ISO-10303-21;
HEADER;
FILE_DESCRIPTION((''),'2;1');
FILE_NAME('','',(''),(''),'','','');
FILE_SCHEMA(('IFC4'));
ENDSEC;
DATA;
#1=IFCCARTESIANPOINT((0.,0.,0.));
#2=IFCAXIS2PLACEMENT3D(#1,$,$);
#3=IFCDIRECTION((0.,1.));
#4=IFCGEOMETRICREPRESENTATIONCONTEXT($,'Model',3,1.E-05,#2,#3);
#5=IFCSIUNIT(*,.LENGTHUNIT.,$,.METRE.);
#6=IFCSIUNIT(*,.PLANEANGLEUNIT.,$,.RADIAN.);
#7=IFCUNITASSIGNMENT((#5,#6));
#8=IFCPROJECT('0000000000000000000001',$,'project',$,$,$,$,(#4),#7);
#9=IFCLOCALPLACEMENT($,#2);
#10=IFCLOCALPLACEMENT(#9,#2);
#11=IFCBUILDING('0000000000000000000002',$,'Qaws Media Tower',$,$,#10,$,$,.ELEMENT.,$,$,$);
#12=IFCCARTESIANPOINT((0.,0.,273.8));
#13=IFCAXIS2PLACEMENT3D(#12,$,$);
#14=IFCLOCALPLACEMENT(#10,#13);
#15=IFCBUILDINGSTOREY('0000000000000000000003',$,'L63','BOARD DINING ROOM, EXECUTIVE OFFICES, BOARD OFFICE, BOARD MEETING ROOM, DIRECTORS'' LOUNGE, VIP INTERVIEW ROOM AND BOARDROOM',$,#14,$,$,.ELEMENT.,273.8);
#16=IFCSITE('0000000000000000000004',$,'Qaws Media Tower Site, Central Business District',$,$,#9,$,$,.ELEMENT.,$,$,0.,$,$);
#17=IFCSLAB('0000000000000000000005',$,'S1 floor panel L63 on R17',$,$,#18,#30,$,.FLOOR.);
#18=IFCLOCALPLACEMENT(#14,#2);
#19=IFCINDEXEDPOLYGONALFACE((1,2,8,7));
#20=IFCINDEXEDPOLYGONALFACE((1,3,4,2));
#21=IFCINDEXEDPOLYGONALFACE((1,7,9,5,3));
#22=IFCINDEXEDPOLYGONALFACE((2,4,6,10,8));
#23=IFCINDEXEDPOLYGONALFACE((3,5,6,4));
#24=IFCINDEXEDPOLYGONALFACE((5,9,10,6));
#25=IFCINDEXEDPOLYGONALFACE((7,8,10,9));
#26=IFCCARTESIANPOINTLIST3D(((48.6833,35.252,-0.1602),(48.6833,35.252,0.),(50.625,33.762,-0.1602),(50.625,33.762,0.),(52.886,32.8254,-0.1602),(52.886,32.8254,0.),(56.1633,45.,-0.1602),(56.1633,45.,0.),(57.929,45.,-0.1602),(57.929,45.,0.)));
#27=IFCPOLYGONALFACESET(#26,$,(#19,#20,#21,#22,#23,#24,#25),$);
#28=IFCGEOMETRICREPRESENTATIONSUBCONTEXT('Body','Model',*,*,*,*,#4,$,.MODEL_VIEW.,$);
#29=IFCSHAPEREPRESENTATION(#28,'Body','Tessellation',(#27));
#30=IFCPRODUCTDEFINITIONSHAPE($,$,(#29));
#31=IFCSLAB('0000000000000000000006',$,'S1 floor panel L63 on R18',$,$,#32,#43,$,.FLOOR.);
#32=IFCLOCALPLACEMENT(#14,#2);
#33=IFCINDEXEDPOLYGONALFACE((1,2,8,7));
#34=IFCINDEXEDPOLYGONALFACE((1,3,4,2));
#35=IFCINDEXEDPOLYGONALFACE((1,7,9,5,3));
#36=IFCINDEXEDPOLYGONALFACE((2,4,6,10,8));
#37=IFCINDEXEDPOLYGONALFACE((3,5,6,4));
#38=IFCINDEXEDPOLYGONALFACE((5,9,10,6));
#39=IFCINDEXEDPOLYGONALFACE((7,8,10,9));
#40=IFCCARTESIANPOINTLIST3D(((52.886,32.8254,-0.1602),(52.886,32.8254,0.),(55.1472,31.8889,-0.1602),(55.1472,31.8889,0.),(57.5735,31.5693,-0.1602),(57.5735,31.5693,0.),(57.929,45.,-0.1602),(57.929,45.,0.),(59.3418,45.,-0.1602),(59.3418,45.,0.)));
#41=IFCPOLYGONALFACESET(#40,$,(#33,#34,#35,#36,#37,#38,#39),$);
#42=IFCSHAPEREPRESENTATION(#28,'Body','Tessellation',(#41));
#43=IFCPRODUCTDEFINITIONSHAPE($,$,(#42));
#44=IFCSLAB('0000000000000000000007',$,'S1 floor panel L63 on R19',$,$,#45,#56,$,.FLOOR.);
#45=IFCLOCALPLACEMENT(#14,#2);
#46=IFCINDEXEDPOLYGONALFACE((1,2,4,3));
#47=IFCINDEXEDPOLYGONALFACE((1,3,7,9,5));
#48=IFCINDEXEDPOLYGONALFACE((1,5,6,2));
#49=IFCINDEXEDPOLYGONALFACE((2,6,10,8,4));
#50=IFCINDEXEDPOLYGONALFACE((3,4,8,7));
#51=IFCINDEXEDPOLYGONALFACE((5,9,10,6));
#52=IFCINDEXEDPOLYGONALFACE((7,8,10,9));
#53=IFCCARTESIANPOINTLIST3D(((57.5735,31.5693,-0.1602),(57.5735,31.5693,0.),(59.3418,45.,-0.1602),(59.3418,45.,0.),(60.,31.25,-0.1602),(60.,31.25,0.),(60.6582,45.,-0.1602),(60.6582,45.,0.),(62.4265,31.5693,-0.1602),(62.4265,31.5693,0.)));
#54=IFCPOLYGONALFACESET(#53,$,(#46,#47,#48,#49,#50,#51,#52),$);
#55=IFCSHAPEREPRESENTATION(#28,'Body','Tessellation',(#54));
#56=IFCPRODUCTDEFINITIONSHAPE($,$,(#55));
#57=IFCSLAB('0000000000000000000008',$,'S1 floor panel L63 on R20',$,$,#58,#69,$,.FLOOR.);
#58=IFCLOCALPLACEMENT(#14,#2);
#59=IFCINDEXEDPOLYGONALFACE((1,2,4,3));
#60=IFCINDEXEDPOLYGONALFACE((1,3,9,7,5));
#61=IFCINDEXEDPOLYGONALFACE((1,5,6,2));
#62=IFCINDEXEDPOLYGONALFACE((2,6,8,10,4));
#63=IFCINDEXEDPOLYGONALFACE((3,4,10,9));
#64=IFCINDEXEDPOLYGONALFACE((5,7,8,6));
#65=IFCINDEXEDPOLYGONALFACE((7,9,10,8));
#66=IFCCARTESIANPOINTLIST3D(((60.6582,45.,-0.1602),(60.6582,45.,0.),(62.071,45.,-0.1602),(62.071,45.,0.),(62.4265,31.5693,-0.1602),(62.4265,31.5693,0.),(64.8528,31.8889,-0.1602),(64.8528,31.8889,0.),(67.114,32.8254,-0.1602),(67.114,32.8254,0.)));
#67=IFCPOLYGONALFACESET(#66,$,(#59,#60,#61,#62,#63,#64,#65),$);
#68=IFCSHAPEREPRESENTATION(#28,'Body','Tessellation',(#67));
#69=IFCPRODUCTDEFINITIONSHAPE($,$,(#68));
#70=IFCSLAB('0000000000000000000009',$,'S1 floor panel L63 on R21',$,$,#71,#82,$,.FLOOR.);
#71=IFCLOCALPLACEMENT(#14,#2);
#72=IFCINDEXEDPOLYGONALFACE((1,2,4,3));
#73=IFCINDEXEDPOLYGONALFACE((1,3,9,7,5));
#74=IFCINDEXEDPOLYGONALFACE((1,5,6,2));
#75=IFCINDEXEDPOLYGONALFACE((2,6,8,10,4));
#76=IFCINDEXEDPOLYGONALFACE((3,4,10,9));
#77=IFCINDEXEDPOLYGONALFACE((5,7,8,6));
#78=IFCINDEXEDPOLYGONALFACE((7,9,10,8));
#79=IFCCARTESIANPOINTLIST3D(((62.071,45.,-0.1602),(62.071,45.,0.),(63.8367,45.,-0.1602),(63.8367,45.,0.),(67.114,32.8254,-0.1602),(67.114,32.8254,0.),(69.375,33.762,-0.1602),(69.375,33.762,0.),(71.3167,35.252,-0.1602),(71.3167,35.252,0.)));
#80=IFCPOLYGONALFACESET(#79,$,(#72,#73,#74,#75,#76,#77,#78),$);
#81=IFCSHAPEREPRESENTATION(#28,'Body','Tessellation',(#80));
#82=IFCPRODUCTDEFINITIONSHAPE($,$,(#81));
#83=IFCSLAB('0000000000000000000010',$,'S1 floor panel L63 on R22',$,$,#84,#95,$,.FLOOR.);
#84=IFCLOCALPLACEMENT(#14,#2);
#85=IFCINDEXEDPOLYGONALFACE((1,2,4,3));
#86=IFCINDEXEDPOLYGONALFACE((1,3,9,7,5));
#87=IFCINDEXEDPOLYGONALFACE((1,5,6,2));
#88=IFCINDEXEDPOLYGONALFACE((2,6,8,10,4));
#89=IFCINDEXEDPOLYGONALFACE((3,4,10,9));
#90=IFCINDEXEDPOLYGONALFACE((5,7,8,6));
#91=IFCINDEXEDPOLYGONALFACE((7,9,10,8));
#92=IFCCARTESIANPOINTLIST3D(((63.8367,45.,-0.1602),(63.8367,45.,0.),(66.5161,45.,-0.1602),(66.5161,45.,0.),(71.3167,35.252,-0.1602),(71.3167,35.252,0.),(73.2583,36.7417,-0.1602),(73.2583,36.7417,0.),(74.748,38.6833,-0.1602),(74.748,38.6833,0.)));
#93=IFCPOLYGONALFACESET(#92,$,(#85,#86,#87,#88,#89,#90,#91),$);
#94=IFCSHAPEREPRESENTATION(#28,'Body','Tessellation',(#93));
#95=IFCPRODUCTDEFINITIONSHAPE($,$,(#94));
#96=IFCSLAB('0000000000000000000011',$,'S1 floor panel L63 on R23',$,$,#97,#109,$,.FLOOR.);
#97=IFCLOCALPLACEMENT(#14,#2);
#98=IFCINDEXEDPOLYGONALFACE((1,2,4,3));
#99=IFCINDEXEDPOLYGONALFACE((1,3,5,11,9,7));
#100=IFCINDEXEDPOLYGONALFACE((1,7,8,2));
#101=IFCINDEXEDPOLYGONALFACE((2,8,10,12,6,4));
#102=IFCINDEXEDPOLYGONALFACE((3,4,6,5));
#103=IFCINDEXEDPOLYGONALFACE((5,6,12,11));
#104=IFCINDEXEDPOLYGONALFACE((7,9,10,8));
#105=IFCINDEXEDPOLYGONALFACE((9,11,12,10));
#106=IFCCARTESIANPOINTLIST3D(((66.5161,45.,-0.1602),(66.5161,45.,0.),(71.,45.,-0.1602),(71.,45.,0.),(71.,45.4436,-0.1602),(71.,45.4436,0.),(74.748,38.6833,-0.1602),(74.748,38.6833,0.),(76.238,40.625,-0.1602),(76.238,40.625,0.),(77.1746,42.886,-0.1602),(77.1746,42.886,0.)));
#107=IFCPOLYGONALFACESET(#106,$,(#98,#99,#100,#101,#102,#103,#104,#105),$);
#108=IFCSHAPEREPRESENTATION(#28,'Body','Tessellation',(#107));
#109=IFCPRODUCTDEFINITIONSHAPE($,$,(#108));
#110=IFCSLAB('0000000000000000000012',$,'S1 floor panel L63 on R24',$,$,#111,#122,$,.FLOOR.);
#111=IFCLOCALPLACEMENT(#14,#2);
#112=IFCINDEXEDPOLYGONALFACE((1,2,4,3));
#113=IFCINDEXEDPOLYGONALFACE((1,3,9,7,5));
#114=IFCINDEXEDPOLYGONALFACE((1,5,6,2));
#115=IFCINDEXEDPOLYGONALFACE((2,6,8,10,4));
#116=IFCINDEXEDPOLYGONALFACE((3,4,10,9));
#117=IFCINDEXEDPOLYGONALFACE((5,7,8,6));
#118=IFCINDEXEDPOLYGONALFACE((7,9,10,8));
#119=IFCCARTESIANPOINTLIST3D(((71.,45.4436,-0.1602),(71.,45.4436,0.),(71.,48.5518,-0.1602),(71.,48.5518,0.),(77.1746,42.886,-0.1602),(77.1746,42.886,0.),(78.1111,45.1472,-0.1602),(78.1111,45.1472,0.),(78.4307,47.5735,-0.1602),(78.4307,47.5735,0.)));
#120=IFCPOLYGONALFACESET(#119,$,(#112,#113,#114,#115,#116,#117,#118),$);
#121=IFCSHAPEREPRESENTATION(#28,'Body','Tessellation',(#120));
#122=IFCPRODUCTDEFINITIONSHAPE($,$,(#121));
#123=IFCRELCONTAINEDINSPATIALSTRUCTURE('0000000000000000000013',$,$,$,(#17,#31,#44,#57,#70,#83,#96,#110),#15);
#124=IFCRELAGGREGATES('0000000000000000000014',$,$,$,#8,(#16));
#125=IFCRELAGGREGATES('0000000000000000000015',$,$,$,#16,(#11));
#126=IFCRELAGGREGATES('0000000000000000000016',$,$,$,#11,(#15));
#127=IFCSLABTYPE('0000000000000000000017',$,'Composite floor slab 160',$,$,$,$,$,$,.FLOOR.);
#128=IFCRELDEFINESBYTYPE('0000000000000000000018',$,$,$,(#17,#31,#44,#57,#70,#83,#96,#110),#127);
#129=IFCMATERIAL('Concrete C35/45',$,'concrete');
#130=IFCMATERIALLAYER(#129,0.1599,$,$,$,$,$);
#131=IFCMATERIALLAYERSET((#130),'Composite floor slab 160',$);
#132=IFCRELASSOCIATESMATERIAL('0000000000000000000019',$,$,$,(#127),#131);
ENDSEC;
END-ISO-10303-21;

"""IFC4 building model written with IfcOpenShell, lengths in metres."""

from ifc_helpers import new_model, si_unit, direction, frame, origin, place, context, subcontext, project, spatial, polyline, outline, extrude, material, layer, layer_set, type_object, element, save


model = new_model("IFC4")

# Units and contexts
model_context = context("Model", 3, precision=1e-05, world=origin(), true_north=direction((0.0, 1.0)))
body_context = subcontext(model_context, "Body", "Model", "MODEL_VIEW")
ifc_project = project(units=[si_unit("LENGTHUNIT", "METRE"), si_unit("PLANEANGLEUNIT", "RADIAN")], contexts=[model_context])

# Site, building, storey
site_placement = place(None, origin())
site = spatial("IfcSite", under=ifc_project, at=site_placement, Name="Qaws Media Tower Site, Central Business District", CompositionType="ELEMENT", RefElevation=0.0)
building_placement = place(site_placement, origin())
building = spatial("IfcBuilding", under=site, at=building_placement, Name="Qaws Media Tower", CompositionType="ELEMENT")
storey_placement = place(building_placement, frame((0.0, 0.0, 273.8)))
storey = spatial("IfcBuildingStorey", under=building, at=storey_placement, Name="L63", Description="BOARD DINING ROOM, EXECUTIVE OFFICES, BOARD OFFICE, BOARD MEETING ROOM, DIRECTORS' LOUNGE, VIP INTERVIEW ROOM AND BOARDROOM", CompositionType="ELEMENT", Elevation=273.8)

# Slabs
ifc_material_1 = material(Name="Concrete C35/45", Category="concrete")
ifc_layer_1 = layer(ifc_material_1, 0.1599)
ifc_layer_set_1 = layer_set([ifc_layer_1], Name="Composite floor slab 160")
slab_type_1 = type_object("IfcSlabType", Name="Composite floor slab 160", PredefinedType="FLOOR", material=ifc_layer_set_1)
slab_1_placement = place(storey_placement, frame((0.0, 0.0, -0.1602)))
element("IfcSlab", 1, at=slab_1_placement, inside=storey, type_object=slab_type_1, Name="S1 floor panel L63 on R17", PredefinedType="FLOOR", context=body_context, shape_type="SweptSolid", body=[
    extrude(outline(polyline([(50.625, 33.762), (48.6833, 35.252), (56.1633, 45.0), (57.929, 45.0), (52.886, 32.8254), (50.625, 33.762)])), origin(), (0.0, 0.0, 1.0), 0.1602),
])
slab_2_placement = place(storey_placement, frame((0.0, 0.0, -0.1602)))
element("IfcSlab", 2, at=slab_2_placement, inside=storey, type_object=slab_type_1, Name="S1 floor panel L63 on R18", PredefinedType="FLOOR", context=body_context, shape_type="SweptSolid", body=[
    extrude(outline(polyline([(55.1472, 31.8889), (52.886, 32.8254), (57.929, 45.0), (59.3418, 45.0), (57.5735, 31.5693), (55.1472, 31.8889)])), origin(), (0.0, 0.0, 1.0), 0.1602),
])
slab_3_placement = place(storey_placement, frame((0.0, 0.0, -0.1602)))
element("IfcSlab", 3, at=slab_3_placement, inside=storey, type_object=slab_type_1, Name="S1 floor panel L63 on R19", PredefinedType="FLOOR", context=body_context, shape_type="SweptSolid", body=[
    extrude(outline(polyline([(60.0, 31.25), (57.5735, 31.5693), (59.3418, 45.0), (60.6582, 45.0), (62.4265, 31.5693), (60.0, 31.25)])), origin(), (0.0, 0.0, 1.0), 0.1602),
])
slab_4_placement = place(storey_placement, frame((0.0, 0.0, -0.1602)))
element("IfcSlab", 4, at=slab_4_placement, inside=storey, type_object=slab_type_1, Name="S1 floor panel L63 on R20", PredefinedType="FLOOR", context=body_context, shape_type="SweptSolid", body=[
    extrude(outline(polyline([(64.8528, 31.8889), (62.4265, 31.5693), (60.6582, 45.0), (62.071, 45.0), (67.114, 32.8254), (64.8528, 31.8889)])), origin(), (0.0, 0.0, 1.0), 0.1602),
])
slab_5_placement = place(storey_placement, frame((0.0, 0.0, -0.1602)))
element("IfcSlab", 5, at=slab_5_placement, inside=storey, type_object=slab_type_1, Name="S1 floor panel L63 on R21", PredefinedType="FLOOR", context=body_context, shape_type="SweptSolid", body=[
    extrude(outline(polyline([(69.375, 33.762), (67.114, 32.8254), (62.071, 45.0), (63.8367, 45.0), (71.3167, 35.252), (69.375, 33.762)])), origin(), (0.0, 0.0, 1.0), 0.1602),
])
slab_6_placement = place(storey_placement, frame((0.0, 0.0, -0.1602)))
element("IfcSlab", 6, at=slab_6_placement, inside=storey, type_object=slab_type_1, Name="S1 floor panel L63 on R22", PredefinedType="FLOOR", context=body_context, shape_type="SweptSolid", body=[
    extrude(outline(polyline([(73.2583, 36.7417), (71.3167, 35.252), (63.8367, 45.0), (66.5161, 45.0), (74.748, 38.6833), (73.2583, 36.7417)])), origin(), (0.0, 0.0, 1.0), 0.1602),
])
slab_7_placement = place(storey_placement, frame((0.0, 0.0, -0.1602)))
element("IfcSlab", 7, at=slab_7_placement, inside=storey, type_object=slab_type_1, Name="S1 floor panel L63 on R23", PredefinedType="FLOOR", context=body_context, shape_type="SweptSolid", body=[
    extrude(outline(polyline([(76.238, 40.625), (74.748, 38.6833), (66.5161, 45.0), (71.0, 45.0), (71.0, 45.4436), (77.1746, 42.886), (76.238, 40.625)])), origin(), (0.0, 0.0, 1.0), 0.1602),
])
slab_8_placement = place(storey_placement, frame((0.0, 0.0, -0.1602)))
element("IfcSlab", 8, at=slab_8_placement, inside=storey, type_object=slab_type_1, Name="S1 floor panel L63 on R24", PredefinedType="FLOOR", context=body_context, shape_type="SweptSolid", body=[
    extrude(outline(polyline([(77.1746, 42.886), (71.0, 45.4436), (71.0, 48.5518), (78.4307, 47.5735), (78.1111, 45.1472), (77.1746, 42.886)])), origin(), (0.0, 0.0, 1.0), 0.1602),
])

save(model, "model.ifc")
